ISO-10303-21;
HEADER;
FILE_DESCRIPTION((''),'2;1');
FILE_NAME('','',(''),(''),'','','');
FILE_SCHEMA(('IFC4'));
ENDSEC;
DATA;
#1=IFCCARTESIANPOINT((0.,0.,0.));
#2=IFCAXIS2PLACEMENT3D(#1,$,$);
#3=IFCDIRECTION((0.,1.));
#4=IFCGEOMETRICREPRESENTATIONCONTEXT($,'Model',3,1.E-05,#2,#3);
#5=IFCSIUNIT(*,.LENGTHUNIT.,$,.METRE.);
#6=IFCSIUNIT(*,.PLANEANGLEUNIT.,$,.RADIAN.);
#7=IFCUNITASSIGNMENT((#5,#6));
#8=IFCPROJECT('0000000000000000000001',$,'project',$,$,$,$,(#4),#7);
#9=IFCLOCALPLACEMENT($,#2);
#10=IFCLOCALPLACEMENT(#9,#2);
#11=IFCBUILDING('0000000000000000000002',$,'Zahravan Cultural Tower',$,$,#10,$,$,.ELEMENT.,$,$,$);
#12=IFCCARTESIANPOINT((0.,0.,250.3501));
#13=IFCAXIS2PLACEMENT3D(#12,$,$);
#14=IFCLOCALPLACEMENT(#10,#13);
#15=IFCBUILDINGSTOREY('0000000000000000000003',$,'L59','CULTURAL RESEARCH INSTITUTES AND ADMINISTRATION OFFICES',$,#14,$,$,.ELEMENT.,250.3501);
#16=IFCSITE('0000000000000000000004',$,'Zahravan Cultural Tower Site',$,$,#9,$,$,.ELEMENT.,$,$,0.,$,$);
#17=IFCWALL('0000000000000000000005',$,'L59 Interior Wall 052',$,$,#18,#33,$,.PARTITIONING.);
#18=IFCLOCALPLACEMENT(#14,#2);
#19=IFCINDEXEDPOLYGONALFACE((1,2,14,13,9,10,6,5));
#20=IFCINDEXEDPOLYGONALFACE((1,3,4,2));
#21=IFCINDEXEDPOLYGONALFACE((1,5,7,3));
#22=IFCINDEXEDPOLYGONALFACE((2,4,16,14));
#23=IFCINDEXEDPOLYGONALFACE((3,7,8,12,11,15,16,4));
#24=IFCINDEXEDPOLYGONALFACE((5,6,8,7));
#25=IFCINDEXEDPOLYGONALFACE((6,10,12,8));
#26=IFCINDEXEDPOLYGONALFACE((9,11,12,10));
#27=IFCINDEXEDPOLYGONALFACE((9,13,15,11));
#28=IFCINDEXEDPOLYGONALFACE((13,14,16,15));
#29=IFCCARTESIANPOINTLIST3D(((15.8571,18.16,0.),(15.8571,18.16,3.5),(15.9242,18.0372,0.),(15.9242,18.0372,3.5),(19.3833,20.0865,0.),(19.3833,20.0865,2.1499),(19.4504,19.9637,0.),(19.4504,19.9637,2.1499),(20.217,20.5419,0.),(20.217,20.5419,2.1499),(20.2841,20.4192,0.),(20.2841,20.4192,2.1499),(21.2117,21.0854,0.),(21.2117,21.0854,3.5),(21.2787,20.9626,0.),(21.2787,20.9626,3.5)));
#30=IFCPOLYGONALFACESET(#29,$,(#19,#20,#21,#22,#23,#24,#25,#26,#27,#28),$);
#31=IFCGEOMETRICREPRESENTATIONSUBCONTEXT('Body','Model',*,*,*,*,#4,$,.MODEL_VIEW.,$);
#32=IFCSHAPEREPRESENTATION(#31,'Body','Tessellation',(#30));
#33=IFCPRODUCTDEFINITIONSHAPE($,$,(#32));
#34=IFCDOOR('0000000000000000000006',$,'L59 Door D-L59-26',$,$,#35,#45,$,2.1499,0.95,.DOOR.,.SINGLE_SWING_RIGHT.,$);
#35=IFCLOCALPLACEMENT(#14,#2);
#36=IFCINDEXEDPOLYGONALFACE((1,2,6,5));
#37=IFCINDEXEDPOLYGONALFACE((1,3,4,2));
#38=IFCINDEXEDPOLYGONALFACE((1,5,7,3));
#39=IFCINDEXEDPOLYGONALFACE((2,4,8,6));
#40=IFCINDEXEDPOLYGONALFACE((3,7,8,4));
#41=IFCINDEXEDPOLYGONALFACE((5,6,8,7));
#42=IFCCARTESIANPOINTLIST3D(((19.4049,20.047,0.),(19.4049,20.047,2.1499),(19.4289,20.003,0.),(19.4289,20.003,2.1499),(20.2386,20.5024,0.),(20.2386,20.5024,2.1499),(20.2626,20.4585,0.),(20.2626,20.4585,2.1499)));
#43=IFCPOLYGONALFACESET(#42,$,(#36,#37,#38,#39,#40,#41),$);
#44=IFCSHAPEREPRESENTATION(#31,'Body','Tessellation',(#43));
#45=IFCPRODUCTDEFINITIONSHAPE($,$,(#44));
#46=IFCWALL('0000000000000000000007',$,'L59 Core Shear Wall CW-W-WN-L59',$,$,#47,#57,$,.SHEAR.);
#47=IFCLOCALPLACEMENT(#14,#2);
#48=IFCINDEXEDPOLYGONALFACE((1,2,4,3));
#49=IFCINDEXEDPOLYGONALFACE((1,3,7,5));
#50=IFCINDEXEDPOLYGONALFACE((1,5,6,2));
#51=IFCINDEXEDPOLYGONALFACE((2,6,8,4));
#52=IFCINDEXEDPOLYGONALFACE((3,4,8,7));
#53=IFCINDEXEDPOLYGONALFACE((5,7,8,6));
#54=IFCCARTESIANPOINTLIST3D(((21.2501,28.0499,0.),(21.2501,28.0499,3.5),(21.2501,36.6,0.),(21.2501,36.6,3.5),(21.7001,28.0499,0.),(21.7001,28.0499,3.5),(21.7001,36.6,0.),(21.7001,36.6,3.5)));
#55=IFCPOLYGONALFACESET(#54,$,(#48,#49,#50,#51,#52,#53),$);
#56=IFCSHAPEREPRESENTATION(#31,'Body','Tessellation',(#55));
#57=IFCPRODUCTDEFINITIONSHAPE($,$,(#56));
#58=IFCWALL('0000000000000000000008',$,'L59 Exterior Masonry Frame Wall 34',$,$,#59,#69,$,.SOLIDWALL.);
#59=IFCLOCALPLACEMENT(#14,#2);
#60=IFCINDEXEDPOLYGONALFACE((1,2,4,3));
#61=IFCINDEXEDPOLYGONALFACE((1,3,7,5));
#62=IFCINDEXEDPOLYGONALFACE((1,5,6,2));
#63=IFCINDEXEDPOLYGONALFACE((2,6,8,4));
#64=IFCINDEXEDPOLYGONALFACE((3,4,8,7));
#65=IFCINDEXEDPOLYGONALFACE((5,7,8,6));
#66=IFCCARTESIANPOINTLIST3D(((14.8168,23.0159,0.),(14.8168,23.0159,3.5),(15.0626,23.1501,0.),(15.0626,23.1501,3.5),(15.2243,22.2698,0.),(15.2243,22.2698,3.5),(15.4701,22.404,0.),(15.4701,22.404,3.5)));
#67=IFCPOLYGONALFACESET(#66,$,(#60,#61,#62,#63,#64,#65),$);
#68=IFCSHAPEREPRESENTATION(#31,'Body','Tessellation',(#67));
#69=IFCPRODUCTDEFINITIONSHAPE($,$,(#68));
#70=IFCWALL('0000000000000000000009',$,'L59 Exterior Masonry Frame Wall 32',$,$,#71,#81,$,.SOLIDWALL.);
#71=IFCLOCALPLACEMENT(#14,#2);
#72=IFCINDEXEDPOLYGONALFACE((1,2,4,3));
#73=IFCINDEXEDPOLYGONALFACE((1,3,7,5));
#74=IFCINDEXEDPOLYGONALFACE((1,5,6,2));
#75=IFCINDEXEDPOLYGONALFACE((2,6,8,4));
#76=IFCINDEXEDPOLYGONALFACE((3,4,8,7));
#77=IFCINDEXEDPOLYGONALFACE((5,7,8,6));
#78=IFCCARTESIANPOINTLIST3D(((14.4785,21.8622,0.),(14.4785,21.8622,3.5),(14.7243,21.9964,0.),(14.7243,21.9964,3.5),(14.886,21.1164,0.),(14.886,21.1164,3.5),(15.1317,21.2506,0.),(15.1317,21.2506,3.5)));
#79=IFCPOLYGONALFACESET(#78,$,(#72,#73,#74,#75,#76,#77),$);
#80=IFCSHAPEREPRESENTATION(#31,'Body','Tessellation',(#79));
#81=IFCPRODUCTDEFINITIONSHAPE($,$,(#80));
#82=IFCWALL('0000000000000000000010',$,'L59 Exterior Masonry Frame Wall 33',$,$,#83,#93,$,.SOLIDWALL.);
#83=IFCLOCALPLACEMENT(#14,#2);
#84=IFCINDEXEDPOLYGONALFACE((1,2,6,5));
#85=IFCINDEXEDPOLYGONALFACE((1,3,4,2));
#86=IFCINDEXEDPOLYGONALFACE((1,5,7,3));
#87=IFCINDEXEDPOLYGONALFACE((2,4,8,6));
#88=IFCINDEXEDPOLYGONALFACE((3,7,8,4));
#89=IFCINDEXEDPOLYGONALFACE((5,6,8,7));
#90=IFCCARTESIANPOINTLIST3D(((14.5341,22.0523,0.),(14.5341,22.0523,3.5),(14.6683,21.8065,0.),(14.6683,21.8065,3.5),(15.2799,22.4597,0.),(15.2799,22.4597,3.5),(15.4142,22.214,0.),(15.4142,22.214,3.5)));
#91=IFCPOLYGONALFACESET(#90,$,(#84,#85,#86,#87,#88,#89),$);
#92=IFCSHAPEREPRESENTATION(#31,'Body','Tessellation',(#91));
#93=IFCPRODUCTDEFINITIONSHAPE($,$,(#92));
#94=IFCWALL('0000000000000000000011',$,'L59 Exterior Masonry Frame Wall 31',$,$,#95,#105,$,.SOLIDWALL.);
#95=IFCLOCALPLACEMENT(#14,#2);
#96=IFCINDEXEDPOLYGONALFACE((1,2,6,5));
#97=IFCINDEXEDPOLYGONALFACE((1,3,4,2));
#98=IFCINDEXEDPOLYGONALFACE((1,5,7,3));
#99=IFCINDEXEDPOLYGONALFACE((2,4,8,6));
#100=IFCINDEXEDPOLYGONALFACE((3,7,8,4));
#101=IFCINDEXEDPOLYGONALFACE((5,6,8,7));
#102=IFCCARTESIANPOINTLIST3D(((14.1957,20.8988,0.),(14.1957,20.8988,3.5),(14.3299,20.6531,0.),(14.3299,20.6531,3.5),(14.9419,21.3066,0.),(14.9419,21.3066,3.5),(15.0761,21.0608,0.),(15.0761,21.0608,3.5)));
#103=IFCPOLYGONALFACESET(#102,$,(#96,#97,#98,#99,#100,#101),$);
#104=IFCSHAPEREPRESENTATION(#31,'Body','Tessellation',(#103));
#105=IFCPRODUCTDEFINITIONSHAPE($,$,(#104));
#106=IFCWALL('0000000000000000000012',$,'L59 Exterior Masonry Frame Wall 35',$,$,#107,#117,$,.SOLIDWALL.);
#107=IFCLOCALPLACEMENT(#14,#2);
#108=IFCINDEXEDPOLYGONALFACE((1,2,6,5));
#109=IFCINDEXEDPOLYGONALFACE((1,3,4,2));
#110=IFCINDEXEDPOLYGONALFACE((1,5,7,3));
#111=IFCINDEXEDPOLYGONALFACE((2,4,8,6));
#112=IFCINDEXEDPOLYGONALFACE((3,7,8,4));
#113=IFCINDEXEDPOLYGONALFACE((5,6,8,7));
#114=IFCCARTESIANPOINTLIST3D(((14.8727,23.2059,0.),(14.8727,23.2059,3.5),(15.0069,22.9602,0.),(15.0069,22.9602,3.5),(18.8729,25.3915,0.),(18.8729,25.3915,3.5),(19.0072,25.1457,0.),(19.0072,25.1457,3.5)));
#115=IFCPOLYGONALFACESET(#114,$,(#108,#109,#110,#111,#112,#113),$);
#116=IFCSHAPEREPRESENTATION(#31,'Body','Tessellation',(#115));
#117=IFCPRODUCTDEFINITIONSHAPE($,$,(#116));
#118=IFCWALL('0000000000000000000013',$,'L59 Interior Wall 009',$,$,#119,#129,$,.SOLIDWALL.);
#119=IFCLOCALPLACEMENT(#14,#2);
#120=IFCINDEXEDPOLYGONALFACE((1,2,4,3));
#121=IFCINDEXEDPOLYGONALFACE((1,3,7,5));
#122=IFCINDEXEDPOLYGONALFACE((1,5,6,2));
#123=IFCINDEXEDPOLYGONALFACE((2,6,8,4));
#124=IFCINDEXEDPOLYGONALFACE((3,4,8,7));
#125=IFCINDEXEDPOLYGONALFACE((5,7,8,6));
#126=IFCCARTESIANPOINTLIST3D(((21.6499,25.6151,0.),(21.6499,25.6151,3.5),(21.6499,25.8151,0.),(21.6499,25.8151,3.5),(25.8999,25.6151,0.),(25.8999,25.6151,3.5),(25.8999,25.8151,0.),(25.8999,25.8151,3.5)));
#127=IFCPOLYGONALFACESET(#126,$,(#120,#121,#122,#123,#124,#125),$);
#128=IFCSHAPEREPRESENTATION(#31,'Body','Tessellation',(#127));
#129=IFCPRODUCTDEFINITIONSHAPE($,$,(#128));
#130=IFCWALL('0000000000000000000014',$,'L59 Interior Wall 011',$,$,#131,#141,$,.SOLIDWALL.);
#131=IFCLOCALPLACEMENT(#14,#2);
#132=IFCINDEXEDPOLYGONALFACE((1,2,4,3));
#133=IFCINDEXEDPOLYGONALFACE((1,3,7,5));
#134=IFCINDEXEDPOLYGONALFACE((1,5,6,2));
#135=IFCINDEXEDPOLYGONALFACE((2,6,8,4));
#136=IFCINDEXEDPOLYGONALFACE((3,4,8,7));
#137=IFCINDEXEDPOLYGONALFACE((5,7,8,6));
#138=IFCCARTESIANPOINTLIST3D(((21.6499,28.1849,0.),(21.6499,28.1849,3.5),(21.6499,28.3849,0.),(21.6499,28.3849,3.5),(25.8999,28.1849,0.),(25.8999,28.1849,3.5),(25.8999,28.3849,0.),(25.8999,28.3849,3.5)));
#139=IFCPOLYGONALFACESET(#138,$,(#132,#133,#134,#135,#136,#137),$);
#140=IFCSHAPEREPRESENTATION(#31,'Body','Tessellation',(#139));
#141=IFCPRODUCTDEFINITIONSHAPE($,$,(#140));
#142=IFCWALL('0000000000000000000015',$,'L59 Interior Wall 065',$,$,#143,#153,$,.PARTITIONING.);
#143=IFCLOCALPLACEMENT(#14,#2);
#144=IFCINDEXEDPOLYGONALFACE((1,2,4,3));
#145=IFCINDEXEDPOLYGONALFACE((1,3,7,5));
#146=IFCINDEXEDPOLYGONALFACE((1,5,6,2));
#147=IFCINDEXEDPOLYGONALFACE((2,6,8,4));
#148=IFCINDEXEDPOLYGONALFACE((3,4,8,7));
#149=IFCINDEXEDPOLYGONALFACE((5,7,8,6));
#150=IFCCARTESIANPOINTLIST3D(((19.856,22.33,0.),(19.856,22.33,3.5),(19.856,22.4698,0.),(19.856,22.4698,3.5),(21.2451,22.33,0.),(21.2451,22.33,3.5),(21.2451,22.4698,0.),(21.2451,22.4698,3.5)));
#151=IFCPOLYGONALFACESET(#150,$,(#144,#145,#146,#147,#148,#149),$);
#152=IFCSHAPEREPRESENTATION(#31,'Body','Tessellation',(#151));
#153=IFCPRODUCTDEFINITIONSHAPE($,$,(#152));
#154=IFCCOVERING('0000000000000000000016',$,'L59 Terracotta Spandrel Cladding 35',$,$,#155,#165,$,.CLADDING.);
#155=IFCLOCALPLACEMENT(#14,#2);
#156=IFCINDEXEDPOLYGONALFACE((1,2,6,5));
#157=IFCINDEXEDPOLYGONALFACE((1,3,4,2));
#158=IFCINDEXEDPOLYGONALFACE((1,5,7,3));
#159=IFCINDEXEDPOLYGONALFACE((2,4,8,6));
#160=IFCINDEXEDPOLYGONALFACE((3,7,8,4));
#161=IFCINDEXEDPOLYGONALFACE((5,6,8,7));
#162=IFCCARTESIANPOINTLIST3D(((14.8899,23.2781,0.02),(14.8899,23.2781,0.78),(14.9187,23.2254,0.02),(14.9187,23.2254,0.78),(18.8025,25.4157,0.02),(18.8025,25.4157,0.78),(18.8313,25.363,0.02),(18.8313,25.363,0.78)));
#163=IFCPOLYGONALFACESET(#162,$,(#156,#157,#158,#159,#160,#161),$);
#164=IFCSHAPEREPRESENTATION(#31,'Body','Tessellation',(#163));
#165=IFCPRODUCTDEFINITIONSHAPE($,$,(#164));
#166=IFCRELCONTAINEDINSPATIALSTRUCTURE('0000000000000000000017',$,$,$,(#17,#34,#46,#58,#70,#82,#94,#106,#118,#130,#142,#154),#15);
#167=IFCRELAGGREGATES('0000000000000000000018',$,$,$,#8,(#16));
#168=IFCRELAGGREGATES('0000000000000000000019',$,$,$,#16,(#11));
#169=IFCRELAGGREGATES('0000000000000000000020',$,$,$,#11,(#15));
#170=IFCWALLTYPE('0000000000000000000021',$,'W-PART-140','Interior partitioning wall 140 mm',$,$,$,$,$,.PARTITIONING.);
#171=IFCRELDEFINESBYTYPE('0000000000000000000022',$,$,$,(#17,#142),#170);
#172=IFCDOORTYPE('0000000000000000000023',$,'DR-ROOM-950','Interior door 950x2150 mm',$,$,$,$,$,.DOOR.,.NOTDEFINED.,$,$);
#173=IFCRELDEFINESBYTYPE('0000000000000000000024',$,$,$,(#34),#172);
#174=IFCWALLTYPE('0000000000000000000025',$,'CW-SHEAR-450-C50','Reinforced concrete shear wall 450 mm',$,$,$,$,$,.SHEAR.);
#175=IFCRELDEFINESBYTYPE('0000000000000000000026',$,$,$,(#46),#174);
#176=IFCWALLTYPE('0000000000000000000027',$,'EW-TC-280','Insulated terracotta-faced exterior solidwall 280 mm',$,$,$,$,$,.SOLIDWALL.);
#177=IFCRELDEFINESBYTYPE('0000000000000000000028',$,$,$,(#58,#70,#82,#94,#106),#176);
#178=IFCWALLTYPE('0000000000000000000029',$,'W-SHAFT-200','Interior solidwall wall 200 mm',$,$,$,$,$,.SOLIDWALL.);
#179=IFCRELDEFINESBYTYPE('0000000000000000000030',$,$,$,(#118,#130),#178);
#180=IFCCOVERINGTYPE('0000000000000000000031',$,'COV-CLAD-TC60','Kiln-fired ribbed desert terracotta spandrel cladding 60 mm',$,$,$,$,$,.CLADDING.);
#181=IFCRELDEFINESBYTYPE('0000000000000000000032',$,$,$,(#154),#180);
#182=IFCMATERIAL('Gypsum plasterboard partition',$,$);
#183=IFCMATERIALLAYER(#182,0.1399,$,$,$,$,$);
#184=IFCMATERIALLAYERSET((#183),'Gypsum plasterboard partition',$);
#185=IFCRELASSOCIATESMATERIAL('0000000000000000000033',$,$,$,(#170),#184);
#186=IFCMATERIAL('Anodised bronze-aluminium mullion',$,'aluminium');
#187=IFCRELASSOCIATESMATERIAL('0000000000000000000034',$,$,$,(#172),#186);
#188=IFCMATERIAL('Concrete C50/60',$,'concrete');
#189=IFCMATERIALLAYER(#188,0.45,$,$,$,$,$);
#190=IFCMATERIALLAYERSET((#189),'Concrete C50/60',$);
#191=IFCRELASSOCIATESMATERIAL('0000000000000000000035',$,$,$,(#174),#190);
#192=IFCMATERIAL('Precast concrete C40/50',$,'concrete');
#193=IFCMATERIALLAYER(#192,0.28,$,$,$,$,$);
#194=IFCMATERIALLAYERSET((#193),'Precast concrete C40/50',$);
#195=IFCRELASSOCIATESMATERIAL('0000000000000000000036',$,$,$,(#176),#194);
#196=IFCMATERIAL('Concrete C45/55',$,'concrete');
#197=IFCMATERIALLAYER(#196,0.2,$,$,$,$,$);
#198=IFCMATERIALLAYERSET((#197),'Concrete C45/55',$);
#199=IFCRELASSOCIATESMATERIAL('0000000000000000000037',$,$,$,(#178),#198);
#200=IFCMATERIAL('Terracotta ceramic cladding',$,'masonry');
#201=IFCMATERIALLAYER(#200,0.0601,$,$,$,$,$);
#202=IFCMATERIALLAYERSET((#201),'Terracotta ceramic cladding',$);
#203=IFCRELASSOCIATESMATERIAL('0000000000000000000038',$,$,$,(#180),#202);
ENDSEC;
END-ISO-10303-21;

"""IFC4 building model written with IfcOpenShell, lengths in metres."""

from ifc_helpers import new_model, si_unit, direction, frame, frame_2d, origin, origin_2d, place, context, subcontext, project, spatial, rectangle, extrude, source, transform, mapped, material, layer, layer_set, type_object, element, fill, save


model = new_model("IFC4")

# Units and contexts
model_context = context("Model", 3, precision=1e-05, world=origin(), true_north=direction((0.0, 1.0)))
body_context = subcontext(model_context, "Body", "Model", "MODEL_VIEW")
ifc_project = project(units=[si_unit("LENGTHUNIT", "METRE"), si_unit("PLANEANGLEUNIT", "RADIAN")], contexts=[model_context])

# Site, building, storey
site_placement = place(None, origin())
site = spatial("IfcSite", under=ifc_project, at=site_placement, Name="Zahravan Cultural Tower Site", CompositionType="ELEMENT", RefElevation=0.0)
building_placement = place(site_placement, origin())
building = spatial("IfcBuilding", under=site, at=building_placement, Name="Zahravan Cultural Tower", CompositionType="ELEMENT")
storey_placement = place(building_placement, frame((0.0, 0.0, 250.3501)))
storey = spatial("IfcBuildingStorey", under=building, at=storey_placement, Name="L59", Description="CULTURAL RESEARCH INSTITUTES AND ADMINISTRATION OFFICES", CompositionType="ELEMENT", Elevation=250.3501)

# Shared definitions
ifc_material_1 = material(Name="Concrete C50/60", Category="concrete")

# Shared definitions
ifc_material_2 = material(Name="Anodised bronze-aluminium mullion", Category="aluminium")

# Wall, opening, door
ifc_material_3 = material(Name="Gypsum plasterboard partition")
ifc_layer_1 = layer(ifc_material_3, 0.1399)
ifc_layer_set_1 = layer_set([ifc_layer_1], Name="Gypsum plasterboard partition")
wall_type_1 = type_object("IfcWallType", Name="W-PART-140", Description="Interior partitioning wall 140 mm", PredefinedType="PARTITIONING", material=ifc_layer_set_1)
wall_1_placement = place(storey_placement, frame((15.8906, 18.0986, 0.0), z_axis=(0.0, 0.0, 1.0), x_axis=(0.877574, 0.479441, 0.0)))
wall_1 = element("IfcWall", 1, at=wall_1_placement, inside=storey, type_object=wall_type_1, Name="L59 Interior Wall 052", PredefinedType="PARTITIONING", context=body_context, shape_type="SweptSolid", body=[
    extrude(rectangle(XDim=6.1016, YDim=0.1399, at=frame_2d((3.0508, 0.0))), origin(), (0.0, 0.0, 1.0), 3.5),
])
opening_placement = place(wall_1_placement, frame((4.0181, 0.0, 0.0)))
opening = element("IfcOpeningElement", 2, at=opening_placement, cuts=wall_1, PredefinedType="OPENING", context=body_context, shape_type="SweptSolid", body=[
    extrude(rectangle(XDim=0.95, YDim=2.1499, at=frame_2d((0.4751, 1.075))), frame((0.0, 0.0798, 0.0), z_axis=(0.0, -1.0, 0.0), x_axis=(1.0, 0.0, 0.0)), (0.0, 0.0, 1.0), 0.1599),
])
door_type = type_object("IfcDoorType", Name="DR-ROOM-950", Description="Interior door 950x2150 mm", OperationType="NOTDEFINED", PredefinedType="DOOR", material=ifc_material_2)
shared_shape_1 = source(origin(), body_context, "Body", "SweptSolid", [
    extrude(rectangle(XDim=0.95, YDim=2.1499, at=frame_2d((0.4751, 1.075))), frame((0.0, 0.0249, 0.0), z_axis=(0.0, -1.0, 0.0), x_axis=(1.0, 0.0, 0.0)), (0.0, 0.0, 1.0), 0.05),
])
door_placement = place(opening_placement, origin())
door = element("IfcDoor", 3, at=door_placement, inside=storey, type_object=door_type, Name="L59 Door D-L59-26", OperationType="SINGLE_SWING_RIGHT", OverallHeight=2.1499, OverallWidth=0.95, PredefinedType="DOOR", context=body_context, shape_type="MappedRepresentation", body=[
    mapped(shared_shape_1, transform((0.0, 0.0, 0.0), x_axis=(1.0, 0.0, 0.0), y_axis=(0.0, 1.0, 0.0), z_axis=(0.0, 0.0, 1.0), scale=1.0)),
])
fill(opening, door)

# Walls
ifc_layer_2 = layer(ifc_material_1, 0.45)
ifc_layer_set_2 = layer_set([ifc_layer_2], Name="Concrete C50/60")
wall_type_2 = type_object("IfcWallType", Name="CW-SHEAR-450-C50", Description="Reinforced concrete shear wall 450 mm", PredefinedType="SHEAR", material=ifc_layer_set_2)
shared_shape_2 = source(origin(), body_context, "Body", "SweptSolid", [
    extrude(rectangle(XDim=8.55, YDim=0.45, at=frame_2d((4.2749, 0.0))), origin(), (0.0, 0.0, 1.0), 3.5),
])
wall_2_placement = place(storey_placement, frame((21.4751, 28.05, 0.0), z_axis=(0.0, 0.0, 1.0), x_axis=(0.0, 1.0, 0.0)))
element("IfcWall", 4, at=wall_2_placement, inside=storey, type_object=wall_type_2, Name="L59 Core Shear Wall CW-W-WN-L59", PredefinedType="SHEAR", context=body_context, shape_type="MappedRepresentation", body=[
    mapped(shared_shape_2, transform((0.0, 0.0, 0.0), x_axis=(1.0, 0.0, 0.0), y_axis=(0.0, 1.0, 0.0), z_axis=(0.0, 0.0, 1.0), scale=1.0)),
])
ifc_material_4 = material(Name="Precast concrete C40/50", Category="concrete")
ifc_layer_3 = layer(ifc_material_4, 0.28)
ifc_layer_set_3 = layer_set([ifc_layer_3], Name="Precast concrete C40/50")
wall_type_3 = type_object("IfcWallType", Name="EW-TC-280", Description="Insulated terracotta-faced exterior solidwall 280 mm", PredefinedType="SOLIDWALL", material=ifc_layer_set_3)
shared_shape_3 = source(origin(), body_context, "Body", "SweptSolid", [
    extrude(rectangle(XDim=0.8501, YDim=0.28, at=frame_2d((0.425, 0.0))), origin(), (0.0, 0.0, 1.0), 3.5),
])
wall_3_placement = place(storey_placement, frame((15.3472, 22.3369, 0.0), z_axis=(0.0, 0.0, 1.0), x_axis=(-0.479315, 0.877643, 0.0)))
element("IfcWall", 5, at=wall_3_placement, inside=storey, type_object=wall_type_3, Name="L59 Exterior Masonry Frame Wall 34", PredefinedType="SOLIDWALL", context=body_context, shape_type="MappedRepresentation", body=[
    mapped(shared_shape_3, transform((0.0, 0.0, 0.0), x_axis=(1.0, 0.0, 0.0), y_axis=(0.0, 1.0, 0.0), z_axis=(0.0, 0.0, 1.0), scale=1.0)),
])
shared_shape_4 = source(origin(), body_context, "Body", "SweptSolid", [
    extrude(rectangle(XDim=0.8499, YDim=0.28, at=frame_2d((0.4248, 0.0))), origin(), (0.0, 0.0, 1.0), 3.5),
])
for number, where, z_axis, x_axis, name in (
    (6, (15.0088, 21.1836, 0.0), (0.0, 0.0, 1.0), (-0.479436, 0.877577, 0.0), "L59 Exterior Masonry Frame Wall 32"),
    (7, (14.6013, 21.9294, 0.0), (0.0, 0.0, 1.0), (0.877577, 0.479436, 0.0), "L59 Exterior Masonry Frame Wall 33"),
):
    element("IfcWall", number, at=place(storey_placement, frame(where, z_axis=z_axis, x_axis=x_axis)), inside=storey, type_object=wall_type_3, Name=name, PredefinedType="SOLIDWALL", context=body_context, shape_type="MappedRepresentation", body=[
        mapped(shared_shape_4, transform((0.0, 0.0, 0.0), x_axis=(1.0, 0.0, 0.0), y_axis=(0.0, 1.0, 0.0), z_axis=(0.0, 0.0, 1.0), scale=1.0)),
    ])
shared_shape_5 = source(origin(), body_context, "Body", "SweptSolid", [
    extrude(rectangle(XDim=0.8503, YDim=0.28, at=frame_2d((0.4253, 0.0))), origin(), (0.0, 0.0, 1.0), 3.5),
])
wall_4_placement = place(storey_placement, frame((14.2627, 20.7759, 0.0), z_axis=(0.0, 0.0, 1.0), x_axis=(0.877522, 0.479536, 0.0)))
element("IfcWall", 8, at=wall_4_placement, inside=storey, type_object=wall_type_3, Name="L59 Exterior Masonry Frame Wall 31", PredefinedType="SOLIDWALL", context=body_context, shape_type="MappedRepresentation", body=[
    mapped(shared_shape_5, transform((0.0, 0.0, 0.0), x_axis=(1.0, 0.0, 0.0), y_axis=(0.0, 1.0, 0.0), z_axis=(0.0, 0.0, 1.0), scale=1.0)),
])
shared_shape_6 = source(origin(), body_context, "Body", "SweptSolid", [
    extrude(rectangle(XDim=4.5583, YDim=0.28, at=frame_2d((2.2793, 0.0))), origin(), (0.0, 0.0, 1.0), 3.5),
])
wall_5_placement = place(storey_placement, frame((14.9397, 23.083, 0.0), z_axis=(0.0, 0.0, 1.0), x_axis=(0.877564, 0.47946, 0.0)))
element("IfcWall", 9, at=wall_5_placement, inside=storey, type_object=wall_type_3, Name="L59 Exterior Masonry Frame Wall 35", PredefinedType="SOLIDWALL", context=body_context, shape_type="MappedRepresentation", body=[
    mapped(shared_shape_6, transform((0.0, 0.0, 0.0), x_axis=(1.0, 0.0, 0.0), y_axis=(0.0, 1.0, 0.0), z_axis=(0.0, 0.0, 1.0), scale=1.0)),
])
ifc_material_5 = material(Name="Concrete C45/55", Category="concrete")
ifc_layer_4 = layer(ifc_material_5, 0.2)
ifc_layer_set_4 = layer_set([ifc_layer_4], Name="Concrete C45/55")
wall_type_4 = type_object("IfcWallType", Name="W-SHAFT-200", Description="Interior solidwall wall 200 mm", PredefinedType="SOLIDWALL", material=ifc_layer_set_4)
shared_shape_7 = source(origin(), body_context, "Body", "SweptSolid", [
    extrude(rectangle(XDim=4.25, YDim=0.2, at=frame_2d((2.125, 0.0))), origin(), (0.0, 0.0, 1.0), 3.5),
])
for number, where, z_axis, x_axis, name in (
    (10, (21.6499, 25.7151, 0.0), (0.0, 0.0, 1.0), (1.0, 0.0, 0.0), "L59 Interior Wall 009"),
    (11, (21.6499, 28.2849, 0.0), (0.0, 0.0, 1.0), (1.0, 0.0, 0.0), "L59 Interior Wall 011"),
):
    element("IfcWall", number, at=place(storey_placement, frame(where, z_axis=z_axis, x_axis=x_axis)), inside=storey, type_object=wall_type_4, Name=name, PredefinedType="SOLIDWALL", context=body_context, shape_type="MappedRepresentation", body=[
        mapped(shared_shape_7, transform((0.0, 0.0, 0.0), x_axis=(1.0, 0.0, 0.0), y_axis=(0.0, 1.0, 0.0), z_axis=(0.0, 0.0, 1.0), scale=1.0)),
    ])
shared_shape_8 = source(origin(), body_context, "Body", "SweptSolid", [
    extrude(rectangle(XDim=1.3892, YDim=0.1399, at=frame_2d((0.6946, 0.0))), origin(), (0.0, 0.0, 1.0), 3.5),
])
wall_6_placement = place(storey_placement, frame((19.856, 22.3999, 0.0), z_axis=(0.0, 0.0, 1.0), x_axis=(1.0, 0.0, 0.0)))
element("IfcWall", 12, at=wall_6_placement, inside=storey, type_object=wall_type_1, Name="L59 Interior Wall 065", PredefinedType="PARTITIONING", context=body_context, shape_type="MappedRepresentation", body=[
    mapped(shared_shape_8, transform((0.0, 0.0, 0.0), x_axis=(1.0, 0.0, 0.0), y_axis=(0.0, 1.0, 0.0), z_axis=(0.0, 0.0, 1.0), scale=1.0)),
])

# Covering
ifc_material_6 = material(Name="Terracotta ceramic cladding", Category="masonry")
ifc_layer_5 = layer(ifc_material_6, 0.0601)
ifc_layer_set_5 = layer_set([ifc_layer_5], Name="Terracotta ceramic cladding")
covering_type = type_object("IfcCoveringType", Name="COV-CLAD-TC60", Description="Kiln-fired ribbed desert terracotta spandrel cladding 60 mm", PredefinedType="CLADDING", material=ifc_layer_set_5)
shared_shape_9 = source(origin(), body_context, "Body", "SweptSolid", [
    extrude(rectangle(XDim=4.4585, YDim=0.0601, at=origin_2d()), origin(), (0.0, 0.0, 1.0), 0.76),
])
covering_placement = place(storey_placement, frame((16.8606, 24.3206, 0.02), z_axis=(0.0, 0.0, 1.0), x_axis=(0.877565, 0.479458, 0.0)))
element("IfcCovering", 13, at=covering_placement, inside=storey, type_object=covering_type, Name="L59 Terracotta Spandrel Cladding 35", PredefinedType="CLADDING", context=body_context, shape_type="MappedRepresentation", body=[
    mapped(shared_shape_9, transform((0.0, 0.0, 0.0), x_axis=(1.0, 0.0, 0.0), y_axis=(0.0, 1.0, 0.0), z_axis=(0.0, 0.0, 1.0), scale=1.0)),
])

save(model, "model.ifc")
